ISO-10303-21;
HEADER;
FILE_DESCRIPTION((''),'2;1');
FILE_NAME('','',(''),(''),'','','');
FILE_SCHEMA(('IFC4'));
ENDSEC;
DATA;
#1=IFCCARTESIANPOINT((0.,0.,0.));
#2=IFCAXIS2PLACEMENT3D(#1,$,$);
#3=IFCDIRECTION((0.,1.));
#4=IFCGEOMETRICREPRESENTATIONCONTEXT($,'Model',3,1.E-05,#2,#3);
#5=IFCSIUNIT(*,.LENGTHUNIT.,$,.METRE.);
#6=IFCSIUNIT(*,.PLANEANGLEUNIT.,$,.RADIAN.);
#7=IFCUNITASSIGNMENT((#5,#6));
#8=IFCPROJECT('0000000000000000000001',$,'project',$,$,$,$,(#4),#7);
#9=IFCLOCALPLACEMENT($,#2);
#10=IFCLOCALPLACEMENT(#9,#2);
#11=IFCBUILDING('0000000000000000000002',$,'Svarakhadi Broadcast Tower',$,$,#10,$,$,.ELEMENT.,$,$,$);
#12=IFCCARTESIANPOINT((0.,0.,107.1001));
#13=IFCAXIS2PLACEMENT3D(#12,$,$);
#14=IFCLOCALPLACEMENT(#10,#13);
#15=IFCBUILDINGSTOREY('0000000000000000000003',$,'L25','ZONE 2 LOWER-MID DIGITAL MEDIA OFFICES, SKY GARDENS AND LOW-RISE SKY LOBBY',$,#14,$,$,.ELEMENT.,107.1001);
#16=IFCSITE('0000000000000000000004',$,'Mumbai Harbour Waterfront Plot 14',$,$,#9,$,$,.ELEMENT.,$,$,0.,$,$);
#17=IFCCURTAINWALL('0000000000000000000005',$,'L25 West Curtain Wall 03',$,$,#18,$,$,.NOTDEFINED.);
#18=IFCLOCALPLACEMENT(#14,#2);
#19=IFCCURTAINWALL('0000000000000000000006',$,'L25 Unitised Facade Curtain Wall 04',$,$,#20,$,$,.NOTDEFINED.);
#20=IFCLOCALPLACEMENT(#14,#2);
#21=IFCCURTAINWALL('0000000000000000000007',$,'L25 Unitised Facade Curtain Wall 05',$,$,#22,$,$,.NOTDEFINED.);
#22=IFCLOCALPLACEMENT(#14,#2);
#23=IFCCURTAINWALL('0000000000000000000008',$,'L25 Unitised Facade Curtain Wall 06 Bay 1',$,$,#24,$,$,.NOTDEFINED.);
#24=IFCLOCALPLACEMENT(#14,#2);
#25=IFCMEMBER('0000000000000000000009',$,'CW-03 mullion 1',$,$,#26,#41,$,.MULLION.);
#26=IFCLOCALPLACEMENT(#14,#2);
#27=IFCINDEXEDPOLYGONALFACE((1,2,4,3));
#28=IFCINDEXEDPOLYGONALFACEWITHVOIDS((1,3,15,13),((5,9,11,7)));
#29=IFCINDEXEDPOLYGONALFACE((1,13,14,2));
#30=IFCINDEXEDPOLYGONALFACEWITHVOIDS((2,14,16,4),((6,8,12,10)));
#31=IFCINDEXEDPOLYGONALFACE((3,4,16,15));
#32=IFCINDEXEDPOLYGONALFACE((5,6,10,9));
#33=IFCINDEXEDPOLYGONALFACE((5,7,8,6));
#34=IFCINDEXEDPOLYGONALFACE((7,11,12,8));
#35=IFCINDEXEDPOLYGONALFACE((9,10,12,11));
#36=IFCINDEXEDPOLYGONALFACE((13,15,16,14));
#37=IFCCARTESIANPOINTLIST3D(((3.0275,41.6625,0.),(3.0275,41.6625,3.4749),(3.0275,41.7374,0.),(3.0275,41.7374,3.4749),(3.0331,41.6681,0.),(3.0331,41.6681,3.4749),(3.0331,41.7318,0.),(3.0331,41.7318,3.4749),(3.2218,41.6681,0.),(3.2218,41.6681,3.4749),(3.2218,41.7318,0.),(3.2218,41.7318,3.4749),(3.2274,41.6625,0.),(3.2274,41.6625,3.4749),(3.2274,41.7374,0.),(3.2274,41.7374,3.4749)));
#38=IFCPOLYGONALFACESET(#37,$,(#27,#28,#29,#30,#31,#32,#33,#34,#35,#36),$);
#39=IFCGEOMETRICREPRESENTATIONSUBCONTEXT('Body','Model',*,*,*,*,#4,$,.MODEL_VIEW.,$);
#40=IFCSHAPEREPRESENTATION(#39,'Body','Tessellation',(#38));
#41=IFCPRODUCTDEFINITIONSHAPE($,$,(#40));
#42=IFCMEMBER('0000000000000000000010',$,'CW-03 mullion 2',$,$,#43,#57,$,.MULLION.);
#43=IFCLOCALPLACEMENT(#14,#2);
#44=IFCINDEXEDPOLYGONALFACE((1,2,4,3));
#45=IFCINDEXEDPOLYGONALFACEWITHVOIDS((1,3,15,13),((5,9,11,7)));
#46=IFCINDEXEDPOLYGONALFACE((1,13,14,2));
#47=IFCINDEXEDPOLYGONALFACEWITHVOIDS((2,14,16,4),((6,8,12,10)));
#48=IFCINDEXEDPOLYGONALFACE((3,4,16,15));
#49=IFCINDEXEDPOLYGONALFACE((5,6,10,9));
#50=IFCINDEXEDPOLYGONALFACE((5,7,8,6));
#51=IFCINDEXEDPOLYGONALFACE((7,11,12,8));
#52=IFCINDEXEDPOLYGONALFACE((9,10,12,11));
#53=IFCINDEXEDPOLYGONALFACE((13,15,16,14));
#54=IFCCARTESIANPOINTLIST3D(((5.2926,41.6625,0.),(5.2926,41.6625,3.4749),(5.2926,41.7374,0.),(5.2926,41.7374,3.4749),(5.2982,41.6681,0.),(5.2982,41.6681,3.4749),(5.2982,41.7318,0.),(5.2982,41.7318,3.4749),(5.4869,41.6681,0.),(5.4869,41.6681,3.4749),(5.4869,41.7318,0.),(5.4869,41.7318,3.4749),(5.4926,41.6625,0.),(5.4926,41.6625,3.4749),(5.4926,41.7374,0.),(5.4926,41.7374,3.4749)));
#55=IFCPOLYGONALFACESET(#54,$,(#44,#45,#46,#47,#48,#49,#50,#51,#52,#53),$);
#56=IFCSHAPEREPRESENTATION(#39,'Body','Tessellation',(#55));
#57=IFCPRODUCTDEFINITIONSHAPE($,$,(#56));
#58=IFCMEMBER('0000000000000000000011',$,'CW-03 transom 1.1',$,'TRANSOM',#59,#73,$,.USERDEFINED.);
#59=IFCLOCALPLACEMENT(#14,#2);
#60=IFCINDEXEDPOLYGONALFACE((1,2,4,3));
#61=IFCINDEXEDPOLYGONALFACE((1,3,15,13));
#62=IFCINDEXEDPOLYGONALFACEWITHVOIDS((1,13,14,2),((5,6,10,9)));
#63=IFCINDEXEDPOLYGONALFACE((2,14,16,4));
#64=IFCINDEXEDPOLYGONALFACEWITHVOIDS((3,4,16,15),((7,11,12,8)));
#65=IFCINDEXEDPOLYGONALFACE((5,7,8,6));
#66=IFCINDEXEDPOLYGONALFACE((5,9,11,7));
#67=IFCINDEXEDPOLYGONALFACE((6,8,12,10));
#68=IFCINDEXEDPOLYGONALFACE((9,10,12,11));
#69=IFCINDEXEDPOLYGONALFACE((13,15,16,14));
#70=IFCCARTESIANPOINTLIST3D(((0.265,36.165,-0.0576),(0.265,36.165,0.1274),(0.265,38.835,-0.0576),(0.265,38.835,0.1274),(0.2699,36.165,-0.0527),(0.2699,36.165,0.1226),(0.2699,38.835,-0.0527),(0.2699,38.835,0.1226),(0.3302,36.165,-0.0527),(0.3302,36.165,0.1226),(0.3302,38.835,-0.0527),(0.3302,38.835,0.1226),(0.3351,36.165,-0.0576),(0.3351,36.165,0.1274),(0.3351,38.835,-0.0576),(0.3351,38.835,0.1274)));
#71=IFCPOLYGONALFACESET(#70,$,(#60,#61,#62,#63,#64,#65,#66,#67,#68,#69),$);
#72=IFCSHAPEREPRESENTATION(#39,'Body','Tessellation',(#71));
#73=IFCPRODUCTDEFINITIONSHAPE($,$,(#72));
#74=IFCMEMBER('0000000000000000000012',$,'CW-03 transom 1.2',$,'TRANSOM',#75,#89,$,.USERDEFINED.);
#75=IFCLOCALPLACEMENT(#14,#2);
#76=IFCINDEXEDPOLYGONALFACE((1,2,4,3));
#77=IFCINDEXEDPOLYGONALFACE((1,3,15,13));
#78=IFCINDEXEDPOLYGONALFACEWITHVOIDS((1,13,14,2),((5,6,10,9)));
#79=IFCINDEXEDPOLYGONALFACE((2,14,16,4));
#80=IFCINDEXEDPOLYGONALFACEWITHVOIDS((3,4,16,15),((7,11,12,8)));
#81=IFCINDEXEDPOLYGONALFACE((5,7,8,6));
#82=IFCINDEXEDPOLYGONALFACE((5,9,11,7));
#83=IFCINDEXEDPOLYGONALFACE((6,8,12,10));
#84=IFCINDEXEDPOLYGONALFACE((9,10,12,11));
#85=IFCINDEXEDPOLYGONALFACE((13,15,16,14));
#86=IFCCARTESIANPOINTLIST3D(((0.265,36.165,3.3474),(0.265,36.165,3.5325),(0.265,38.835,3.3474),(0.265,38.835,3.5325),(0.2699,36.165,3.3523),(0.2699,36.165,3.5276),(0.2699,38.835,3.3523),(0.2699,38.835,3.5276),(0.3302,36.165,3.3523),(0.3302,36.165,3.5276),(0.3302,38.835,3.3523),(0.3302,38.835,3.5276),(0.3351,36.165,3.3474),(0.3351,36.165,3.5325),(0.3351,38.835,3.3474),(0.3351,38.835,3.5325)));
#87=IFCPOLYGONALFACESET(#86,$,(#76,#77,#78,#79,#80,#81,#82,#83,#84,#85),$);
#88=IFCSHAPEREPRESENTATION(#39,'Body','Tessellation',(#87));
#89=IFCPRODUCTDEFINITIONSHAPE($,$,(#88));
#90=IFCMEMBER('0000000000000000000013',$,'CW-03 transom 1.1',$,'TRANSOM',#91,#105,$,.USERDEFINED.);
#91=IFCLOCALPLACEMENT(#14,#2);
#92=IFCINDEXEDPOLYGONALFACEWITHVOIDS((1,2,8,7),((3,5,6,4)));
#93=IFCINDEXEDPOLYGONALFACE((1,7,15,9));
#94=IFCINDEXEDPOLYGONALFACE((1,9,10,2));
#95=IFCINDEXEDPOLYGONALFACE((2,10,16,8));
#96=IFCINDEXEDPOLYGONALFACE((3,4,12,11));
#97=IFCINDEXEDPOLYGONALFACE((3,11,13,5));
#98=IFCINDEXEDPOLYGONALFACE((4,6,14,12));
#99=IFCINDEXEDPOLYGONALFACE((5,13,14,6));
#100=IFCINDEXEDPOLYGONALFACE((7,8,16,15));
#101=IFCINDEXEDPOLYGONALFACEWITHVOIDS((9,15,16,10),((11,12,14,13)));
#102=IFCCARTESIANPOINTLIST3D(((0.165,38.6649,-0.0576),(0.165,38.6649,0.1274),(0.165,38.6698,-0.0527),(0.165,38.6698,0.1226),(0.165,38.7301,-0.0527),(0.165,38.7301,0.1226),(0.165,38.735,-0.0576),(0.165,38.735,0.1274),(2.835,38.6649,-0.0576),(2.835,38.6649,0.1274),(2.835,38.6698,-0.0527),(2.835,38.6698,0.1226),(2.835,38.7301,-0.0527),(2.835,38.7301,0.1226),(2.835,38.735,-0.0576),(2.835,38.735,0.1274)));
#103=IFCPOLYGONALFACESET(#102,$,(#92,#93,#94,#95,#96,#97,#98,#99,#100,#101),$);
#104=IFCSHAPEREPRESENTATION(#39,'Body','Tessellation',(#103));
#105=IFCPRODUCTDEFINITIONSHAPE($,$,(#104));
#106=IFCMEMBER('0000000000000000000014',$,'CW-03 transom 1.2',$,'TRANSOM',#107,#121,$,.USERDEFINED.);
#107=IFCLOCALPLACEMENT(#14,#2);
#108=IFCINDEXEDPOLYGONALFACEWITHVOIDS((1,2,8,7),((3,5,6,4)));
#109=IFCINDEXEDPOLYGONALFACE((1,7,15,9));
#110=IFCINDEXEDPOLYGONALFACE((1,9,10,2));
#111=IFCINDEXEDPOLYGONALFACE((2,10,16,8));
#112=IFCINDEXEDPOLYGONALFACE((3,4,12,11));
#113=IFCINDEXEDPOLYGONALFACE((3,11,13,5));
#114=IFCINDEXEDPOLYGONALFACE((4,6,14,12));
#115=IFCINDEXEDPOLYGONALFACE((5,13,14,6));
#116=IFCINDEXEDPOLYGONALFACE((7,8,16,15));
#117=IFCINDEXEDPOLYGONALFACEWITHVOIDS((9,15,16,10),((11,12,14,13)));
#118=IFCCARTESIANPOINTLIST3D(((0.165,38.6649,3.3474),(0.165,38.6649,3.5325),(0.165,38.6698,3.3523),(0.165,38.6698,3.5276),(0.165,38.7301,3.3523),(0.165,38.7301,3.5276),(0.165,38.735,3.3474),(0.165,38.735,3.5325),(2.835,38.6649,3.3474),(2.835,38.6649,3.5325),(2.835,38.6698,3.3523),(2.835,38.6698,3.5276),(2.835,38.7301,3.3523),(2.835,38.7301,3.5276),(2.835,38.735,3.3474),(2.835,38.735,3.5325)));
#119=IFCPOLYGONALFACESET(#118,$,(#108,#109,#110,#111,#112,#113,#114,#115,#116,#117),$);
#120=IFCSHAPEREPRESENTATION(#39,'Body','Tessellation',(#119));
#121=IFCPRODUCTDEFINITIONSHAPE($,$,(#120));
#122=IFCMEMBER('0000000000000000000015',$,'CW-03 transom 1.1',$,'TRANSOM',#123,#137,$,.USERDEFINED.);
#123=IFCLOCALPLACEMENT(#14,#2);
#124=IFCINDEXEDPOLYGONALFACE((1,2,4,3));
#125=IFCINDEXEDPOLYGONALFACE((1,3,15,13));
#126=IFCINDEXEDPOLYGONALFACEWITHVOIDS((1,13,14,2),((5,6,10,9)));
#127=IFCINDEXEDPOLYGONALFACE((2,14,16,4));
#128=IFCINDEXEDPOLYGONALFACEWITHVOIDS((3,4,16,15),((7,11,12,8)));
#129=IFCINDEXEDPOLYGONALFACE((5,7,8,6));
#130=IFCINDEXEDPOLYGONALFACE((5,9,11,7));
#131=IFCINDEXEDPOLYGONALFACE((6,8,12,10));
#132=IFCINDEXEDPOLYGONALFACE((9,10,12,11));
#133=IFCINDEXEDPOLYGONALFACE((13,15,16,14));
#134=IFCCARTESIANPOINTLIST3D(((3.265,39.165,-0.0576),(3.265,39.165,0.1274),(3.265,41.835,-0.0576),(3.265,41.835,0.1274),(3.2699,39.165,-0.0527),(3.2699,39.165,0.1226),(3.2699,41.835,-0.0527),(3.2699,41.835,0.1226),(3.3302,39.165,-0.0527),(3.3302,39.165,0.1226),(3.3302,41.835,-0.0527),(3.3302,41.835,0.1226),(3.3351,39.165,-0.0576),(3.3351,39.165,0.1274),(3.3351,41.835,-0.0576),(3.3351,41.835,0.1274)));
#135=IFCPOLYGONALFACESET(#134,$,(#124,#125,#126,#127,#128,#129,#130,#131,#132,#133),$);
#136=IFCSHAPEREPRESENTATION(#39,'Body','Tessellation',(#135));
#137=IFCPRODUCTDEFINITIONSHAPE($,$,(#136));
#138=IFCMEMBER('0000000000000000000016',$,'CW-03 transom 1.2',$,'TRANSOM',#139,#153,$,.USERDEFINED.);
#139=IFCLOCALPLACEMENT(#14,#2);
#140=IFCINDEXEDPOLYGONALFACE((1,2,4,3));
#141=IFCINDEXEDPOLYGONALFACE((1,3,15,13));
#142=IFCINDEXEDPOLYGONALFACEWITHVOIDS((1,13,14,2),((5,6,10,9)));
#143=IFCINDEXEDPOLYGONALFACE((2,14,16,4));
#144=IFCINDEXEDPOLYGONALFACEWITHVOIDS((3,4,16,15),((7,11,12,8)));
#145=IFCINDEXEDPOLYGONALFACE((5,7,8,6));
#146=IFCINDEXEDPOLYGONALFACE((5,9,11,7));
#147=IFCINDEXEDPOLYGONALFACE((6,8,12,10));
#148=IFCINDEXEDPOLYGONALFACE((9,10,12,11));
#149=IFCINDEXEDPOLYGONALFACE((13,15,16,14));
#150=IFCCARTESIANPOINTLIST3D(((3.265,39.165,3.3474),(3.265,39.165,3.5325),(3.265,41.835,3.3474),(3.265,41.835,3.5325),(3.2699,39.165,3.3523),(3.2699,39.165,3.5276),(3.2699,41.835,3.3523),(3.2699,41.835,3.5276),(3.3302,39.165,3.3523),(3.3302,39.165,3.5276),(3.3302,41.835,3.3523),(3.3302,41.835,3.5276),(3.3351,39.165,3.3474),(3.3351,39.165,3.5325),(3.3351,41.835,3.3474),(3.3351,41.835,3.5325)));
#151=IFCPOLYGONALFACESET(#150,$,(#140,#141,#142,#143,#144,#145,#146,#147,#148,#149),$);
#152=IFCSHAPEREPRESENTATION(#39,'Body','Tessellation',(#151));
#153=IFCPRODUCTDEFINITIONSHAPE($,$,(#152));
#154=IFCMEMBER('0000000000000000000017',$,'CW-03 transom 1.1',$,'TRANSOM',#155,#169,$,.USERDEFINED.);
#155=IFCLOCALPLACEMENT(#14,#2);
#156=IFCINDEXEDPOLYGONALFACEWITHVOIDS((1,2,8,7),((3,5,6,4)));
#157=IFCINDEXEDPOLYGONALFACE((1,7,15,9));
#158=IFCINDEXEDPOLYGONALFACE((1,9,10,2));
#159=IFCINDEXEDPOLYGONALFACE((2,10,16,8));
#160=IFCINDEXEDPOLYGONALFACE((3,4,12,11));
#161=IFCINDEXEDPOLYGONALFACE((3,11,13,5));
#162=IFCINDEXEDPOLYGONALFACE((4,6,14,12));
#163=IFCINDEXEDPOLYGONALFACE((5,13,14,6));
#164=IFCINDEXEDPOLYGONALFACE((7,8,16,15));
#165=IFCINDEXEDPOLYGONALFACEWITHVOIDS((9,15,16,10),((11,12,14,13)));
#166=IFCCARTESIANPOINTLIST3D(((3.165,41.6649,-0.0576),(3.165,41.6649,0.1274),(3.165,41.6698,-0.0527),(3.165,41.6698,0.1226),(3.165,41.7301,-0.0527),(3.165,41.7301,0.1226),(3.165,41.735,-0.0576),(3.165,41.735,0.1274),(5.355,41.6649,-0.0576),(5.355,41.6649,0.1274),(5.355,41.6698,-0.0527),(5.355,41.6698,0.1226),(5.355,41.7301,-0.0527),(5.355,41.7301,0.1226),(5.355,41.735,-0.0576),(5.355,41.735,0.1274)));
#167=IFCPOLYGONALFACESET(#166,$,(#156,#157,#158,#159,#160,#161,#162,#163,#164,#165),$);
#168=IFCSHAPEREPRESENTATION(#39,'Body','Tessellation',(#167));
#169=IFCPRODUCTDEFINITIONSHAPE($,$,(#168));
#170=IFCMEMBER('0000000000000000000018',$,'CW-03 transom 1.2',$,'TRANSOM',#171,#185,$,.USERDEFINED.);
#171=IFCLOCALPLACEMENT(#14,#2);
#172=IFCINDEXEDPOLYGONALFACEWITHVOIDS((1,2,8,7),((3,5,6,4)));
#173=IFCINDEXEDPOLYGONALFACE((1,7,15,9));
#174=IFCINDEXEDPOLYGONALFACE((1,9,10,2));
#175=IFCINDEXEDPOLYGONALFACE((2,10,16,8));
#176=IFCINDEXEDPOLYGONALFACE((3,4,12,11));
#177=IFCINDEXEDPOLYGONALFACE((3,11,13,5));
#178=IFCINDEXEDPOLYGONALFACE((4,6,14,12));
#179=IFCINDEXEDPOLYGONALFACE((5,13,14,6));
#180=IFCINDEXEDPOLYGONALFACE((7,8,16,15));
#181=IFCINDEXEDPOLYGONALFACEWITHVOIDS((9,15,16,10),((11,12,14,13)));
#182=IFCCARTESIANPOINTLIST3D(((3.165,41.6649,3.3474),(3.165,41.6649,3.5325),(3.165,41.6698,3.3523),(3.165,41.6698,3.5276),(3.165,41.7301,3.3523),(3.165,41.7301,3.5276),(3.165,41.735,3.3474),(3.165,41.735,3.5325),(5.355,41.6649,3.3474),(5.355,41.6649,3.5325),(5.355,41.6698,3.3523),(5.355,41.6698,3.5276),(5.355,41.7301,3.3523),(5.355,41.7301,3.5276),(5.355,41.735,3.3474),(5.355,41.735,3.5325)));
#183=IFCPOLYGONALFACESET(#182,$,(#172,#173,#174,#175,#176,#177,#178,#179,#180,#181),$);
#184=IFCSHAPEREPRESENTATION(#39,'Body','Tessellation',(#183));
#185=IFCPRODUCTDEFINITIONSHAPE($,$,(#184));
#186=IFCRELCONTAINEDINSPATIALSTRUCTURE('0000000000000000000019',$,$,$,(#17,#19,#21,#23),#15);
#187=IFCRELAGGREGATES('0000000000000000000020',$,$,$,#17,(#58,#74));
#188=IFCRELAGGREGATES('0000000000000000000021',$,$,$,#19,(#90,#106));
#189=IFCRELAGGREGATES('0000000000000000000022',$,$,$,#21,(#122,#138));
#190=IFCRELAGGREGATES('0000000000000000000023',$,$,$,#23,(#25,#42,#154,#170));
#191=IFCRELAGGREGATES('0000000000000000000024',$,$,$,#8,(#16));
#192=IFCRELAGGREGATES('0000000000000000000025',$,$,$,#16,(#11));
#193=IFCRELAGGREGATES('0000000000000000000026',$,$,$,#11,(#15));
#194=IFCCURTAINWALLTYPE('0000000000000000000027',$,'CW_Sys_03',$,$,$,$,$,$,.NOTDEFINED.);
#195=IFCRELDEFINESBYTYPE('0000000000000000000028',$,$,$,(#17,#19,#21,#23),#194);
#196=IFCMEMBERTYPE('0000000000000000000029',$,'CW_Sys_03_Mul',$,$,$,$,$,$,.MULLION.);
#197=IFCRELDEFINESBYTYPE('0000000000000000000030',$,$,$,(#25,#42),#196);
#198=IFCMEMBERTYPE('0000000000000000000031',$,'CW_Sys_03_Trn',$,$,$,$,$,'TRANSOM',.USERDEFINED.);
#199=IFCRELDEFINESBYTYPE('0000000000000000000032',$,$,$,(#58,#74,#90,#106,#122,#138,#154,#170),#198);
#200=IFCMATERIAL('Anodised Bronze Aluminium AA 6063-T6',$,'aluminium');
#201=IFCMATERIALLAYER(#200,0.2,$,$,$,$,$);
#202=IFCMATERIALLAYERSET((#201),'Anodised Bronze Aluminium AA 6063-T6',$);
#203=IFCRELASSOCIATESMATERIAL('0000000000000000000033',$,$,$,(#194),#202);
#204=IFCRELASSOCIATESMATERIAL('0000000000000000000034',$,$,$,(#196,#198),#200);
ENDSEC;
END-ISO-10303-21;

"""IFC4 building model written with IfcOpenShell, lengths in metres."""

from ifc_helpers import new_model, si_unit, direction, frame, origin, origin_2d, place, context, subcontext, project, spatial, hollow_rectangle, extrude, material, layer, layer_set, material_profile, profile_set, type_object, element, aggregate, save


model = new_model("IFC4")

# Units and contexts
model_context = context("Model", 3, precision=1e-05, world=origin(), true_north=direction((0.0, 1.0)))
body_context = subcontext(model_context, "Body", "Model", "MODEL_VIEW")
ifc_project = project(units=[si_unit("LENGTHUNIT", "METRE"), si_unit("PLANEANGLEUNIT", "RADIAN")], contexts=[model_context])

# Site, building, storey
site_placement = place(None, origin())
site = spatial("IfcSite", under=ifc_project, at=site_placement, Name="Mumbai Harbour Waterfront Plot 14", CompositionType="ELEMENT", RefElevation=0.0)
building_placement = place(site_placement, origin())
building = spatial("IfcBuilding", under=site, at=building_placement, Name="Svarakhadi Broadcast Tower", CompositionType="ELEMENT")
storey_placement = place(building_placement, frame((0.0, 0.0, 107.1001)))
storey = spatial("IfcBuildingStorey", under=building, at=storey_placement, Name="L25", Description="ZONE 2 LOWER-MID DIGITAL MEDIA OFFICES, SKY GARDENS AND LOW-RISE SKY LOBBY", CompositionType="ELEMENT", Elevation=107.1001)

# Curtain walls, members
ifc_material_1 = material(Name="Anodised Bronze Aluminium AA 6063-T6", Category="aluminium")
ifc_layer_1 = layer(ifc_material_1, 0.2)
ifc_layer_set_1 = layer_set([ifc_layer_1], Name="Anodised Bronze Aluminium AA 6063-T6")
curtain_wall_type = type_object("IfcCurtainWallType", Name="CW_Sys_03", PredefinedType="NOTDEFINED", material=ifc_layer_set_1)
curtain_wall_1_placement = place(storey_placement, origin())
curtain_wall_1 = element("IfcCurtainWall", 1, at=curtain_wall_1_placement, inside=storey, type_object=curtain_wall_type, Name="L25 West Curtain Wall 03", PredefinedType="NOTDEFINED")
ifc_material_profile_1 = material_profile(ifc_material_1, hollow_rectangle(XDim=0.075, YDim=0.2, WallThickness=0.0056, at=origin_2d()), Name="ALU MULLION 200x75x6")
ifc_profile_set_1 = profile_set([ifc_material_profile_1], Name="Anodised Bronze Aluminium AA 6063-T6")
member_type_1 = type_object("IfcMemberType", Name="CW_Sys_03_Mul", PredefinedType="MULLION", material=ifc_profile_set_1)
curtain_wall_2_placement = place(storey_placement, origin())
curtain_wall_2 = element("IfcCurtainWall", 2, at=curtain_wall_2_placement, inside=storey, type_object=curtain_wall_type, Name="L25 Unitised Facade Curtain Wall 04", PredefinedType="NOTDEFINED")
curtain_wall_3_placement = place(storey_placement, origin())
curtain_wall_3 = element("IfcCurtainWall", 3, at=curtain_wall_3_placement, inside=storey, type_object=curtain_wall_type, Name="L25 Unitised Facade Curtain Wall 05", PredefinedType="NOTDEFINED")
curtain_wall_4_placement = place(storey_placement, origin())
curtain_wall_4 = element("IfcCurtainWall", 4, at=curtain_wall_4_placement, inside=storey, type_object=curtain_wall_type, Name="L25 Unitised Facade Curtain Wall 06 Bay 1", PredefinedType="NOTDEFINED")
member_1_placement = place(storey_placement, frame((3.1274, 41.7, 0.0), z_axis=(0.0, 0.0, 1.0), x_axis=(0.0, 1.0, 0.0)))
member_1 = element("IfcMember", 5, at=member_1_placement, type_object=member_type_1, Name="CW-03 mullion 1", PredefinedType="MULLION", context=body_context, shape_type="SweptSolid", body=[
    extrude(hollow_rectangle(XDim=0.075, YDim=0.2, WallThickness=0.0056, at=origin_2d()), origin(), (0.0, 0.0, 1.0), 3.4749),
])
member_2_placement = place(storey_placement, frame((5.3926, 41.7, 0.0), z_axis=(0.0, 0.0, 1.0), x_axis=(0.0, 1.0, 0.0)))
member_2 = element("IfcMember", 6, at=member_2_placement, type_object=member_type_1, Name="CW-03 mullion 2", PredefinedType="MULLION", context=body_context, shape_type="SweptSolid", body=[
    extrude(hollow_rectangle(XDim=0.075, YDim=0.2, WallThickness=0.0056, at=origin_2d()), origin(), (0.0, 0.0, 1.0), 3.4749),
])

# Members
ifc_material_profile_2 = material_profile(ifc_material_1, hollow_rectangle(XDim=0.0701, YDim=0.1851, WallThickness=0.0049, at=origin_2d()), Name="ALU TRANSOM 185x70x5")
ifc_profile_set_2 = profile_set([ifc_material_profile_2], Name="Anodised Bronze Aluminium AA 6063-T6")
member_type_2 = type_object("IfcMemberType", Name="CW_Sys_03_Trn", ElementType="TRANSOM", PredefinedType="USERDEFINED", material=ifc_profile_set_2)
member_3_placement = place(storey_placement, frame((0.3, 36.165, 0.0349), z_axis=(0.0, 1.0, 0.0), x_axis=(-1.0, 0.0, 0.0)))
member_3 = element("IfcMember", 7, at=member_3_placement, type_object=member_type_2, Name="CW-03 transom 1.1", ObjectType="TRANSOM", PredefinedType="USERDEFINED", context=body_context, shape_type="SweptSolid", body=[
    extrude(hollow_rectangle(XDim=0.0701, YDim=0.1851, WallThickness=0.0049, at=origin_2d()), origin(), (0.0, 0.0, 1.0), 2.6699),
])
member_4_placement = place(storey_placement, frame((0.3, 36.165, 3.4399), z_axis=(0.0, 1.0, 0.0), x_axis=(-1.0, 0.0, 0.0)))
member_4 = element("IfcMember", 8, at=member_4_placement, type_object=member_type_2, Name="CW-03 transom 1.2", ObjectType="TRANSOM", PredefinedType="USERDEFINED", context=body_context, shape_type="SweptSolid", body=[
    extrude(hollow_rectangle(XDim=0.0701, YDim=0.1851, WallThickness=0.0049, at=origin_2d()), origin(), (0.0, 0.0, 1.0), 2.6699),
])
member_5_placement = place(storey_placement, frame((0.165, 38.7, 0.0349), z_axis=(1.0, 0.0, 0.0), x_axis=(0.0, 1.0, 0.0)))
member_5 = element("IfcMember", 9, at=member_5_placement, type_object=member_type_2, Name="CW-03 transom 1.1", ObjectType="TRANSOM", PredefinedType="USERDEFINED", context=body_context, shape_type="SweptSolid", body=[
    extrude(hollow_rectangle(XDim=0.0701, YDim=0.1851, WallThickness=0.0049, at=origin_2d()), origin(), (0.0, 0.0, 1.0), 2.6699),
])
member_6_placement = place(storey_placement, frame((0.165, 38.7, 3.4399), z_axis=(1.0, 0.0, 0.0), x_axis=(0.0, 1.0, 0.0)))
member_6 = element("IfcMember", 10, at=member_6_placement, type_object=member_type_2, Name="CW-03 transom 1.2", ObjectType="TRANSOM", PredefinedType="USERDEFINED", context=body_context, shape_type="SweptSolid", body=[
    extrude(hollow_rectangle(XDim=0.0701, YDim=0.1851, WallThickness=0.0049, at=origin_2d()), origin(), (0.0, 0.0, 1.0), 2.6699),
])
member_7_placement = place(storey_placement, frame((3.3, 39.165, 0.0349), z_axis=(0.0, 1.0, 0.0), x_axis=(-1.0, 0.0, 0.0)))
member_7 = element("IfcMember", 11, at=member_7_placement, type_object=member_type_2, Name="CW-03 transom 1.1", ObjectType="TRANSOM", PredefinedType="USERDEFINED", context=body_context, shape_type="SweptSolid", body=[
    extrude(hollow_rectangle(XDim=0.0701, YDim=0.1851, WallThickness=0.0049, at=origin_2d()), origin(), (0.0, 0.0, 1.0), 2.6699),
])
member_8_placement = place(storey_placement, frame((3.3, 39.165, 3.4399), z_axis=(0.0, 1.0, 0.0), x_axis=(-1.0, 0.0, 0.0)))
member_8 = element("IfcMember", 12, at=member_8_placement, type_object=member_type_2, Name="CW-03 transom 1.2", ObjectType="TRANSOM", PredefinedType="USERDEFINED", context=body_context, shape_type="SweptSolid", body=[
    extrude(hollow_rectangle(XDim=0.0701, YDim=0.1851, WallThickness=0.0049, at=origin_2d()), origin(), (0.0, 0.0, 1.0), 2.6699),
])
member_9_placement = place(storey_placement, frame((3.165, 41.7, 0.0349), z_axis=(1.0, 0.0, 0.0), x_axis=(0.0, 1.0, 0.0)))
member_9 = element("IfcMember", 13, at=member_9_placement, type_object=member_type_2, Name="CW-03 transom 1.1", ObjectType="TRANSOM", PredefinedType="USERDEFINED", context=body_context, shape_type="SweptSolid", body=[
    extrude(hollow_rectangle(XDim=0.0701, YDim=0.1851, WallThickness=0.0049, at=origin_2d()), origin(), (0.0, 0.0, 1.0), 2.1899),
])
member_10_placement = place(storey_placement, frame((3.165, 41.7, 3.4399), z_axis=(1.0, 0.0, 0.0), x_axis=(0.0, 1.0, 0.0)))
member_10 = element("IfcMember", 14, at=member_10_placement, type_object=member_type_2, Name="CW-03 transom 1.2", ObjectType="TRANSOM", PredefinedType="USERDEFINED", context=body_context, shape_type="SweptSolid", body=[
    extrude(hollow_rectangle(XDim=0.0701, YDim=0.1851, WallThickness=0.0049, at=origin_2d()), origin(), (0.0, 0.0, 1.0), 2.1899),
])

aggregate(curtain_wall_1, [member_3, member_4])
aggregate(curtain_wall_2, [member_5, member_6])
aggregate(curtain_wall_3, [member_7, member_8])
aggregate(curtain_wall_4, [member_1, member_2, member_9, member_10])

save(model, "model.ifc")
